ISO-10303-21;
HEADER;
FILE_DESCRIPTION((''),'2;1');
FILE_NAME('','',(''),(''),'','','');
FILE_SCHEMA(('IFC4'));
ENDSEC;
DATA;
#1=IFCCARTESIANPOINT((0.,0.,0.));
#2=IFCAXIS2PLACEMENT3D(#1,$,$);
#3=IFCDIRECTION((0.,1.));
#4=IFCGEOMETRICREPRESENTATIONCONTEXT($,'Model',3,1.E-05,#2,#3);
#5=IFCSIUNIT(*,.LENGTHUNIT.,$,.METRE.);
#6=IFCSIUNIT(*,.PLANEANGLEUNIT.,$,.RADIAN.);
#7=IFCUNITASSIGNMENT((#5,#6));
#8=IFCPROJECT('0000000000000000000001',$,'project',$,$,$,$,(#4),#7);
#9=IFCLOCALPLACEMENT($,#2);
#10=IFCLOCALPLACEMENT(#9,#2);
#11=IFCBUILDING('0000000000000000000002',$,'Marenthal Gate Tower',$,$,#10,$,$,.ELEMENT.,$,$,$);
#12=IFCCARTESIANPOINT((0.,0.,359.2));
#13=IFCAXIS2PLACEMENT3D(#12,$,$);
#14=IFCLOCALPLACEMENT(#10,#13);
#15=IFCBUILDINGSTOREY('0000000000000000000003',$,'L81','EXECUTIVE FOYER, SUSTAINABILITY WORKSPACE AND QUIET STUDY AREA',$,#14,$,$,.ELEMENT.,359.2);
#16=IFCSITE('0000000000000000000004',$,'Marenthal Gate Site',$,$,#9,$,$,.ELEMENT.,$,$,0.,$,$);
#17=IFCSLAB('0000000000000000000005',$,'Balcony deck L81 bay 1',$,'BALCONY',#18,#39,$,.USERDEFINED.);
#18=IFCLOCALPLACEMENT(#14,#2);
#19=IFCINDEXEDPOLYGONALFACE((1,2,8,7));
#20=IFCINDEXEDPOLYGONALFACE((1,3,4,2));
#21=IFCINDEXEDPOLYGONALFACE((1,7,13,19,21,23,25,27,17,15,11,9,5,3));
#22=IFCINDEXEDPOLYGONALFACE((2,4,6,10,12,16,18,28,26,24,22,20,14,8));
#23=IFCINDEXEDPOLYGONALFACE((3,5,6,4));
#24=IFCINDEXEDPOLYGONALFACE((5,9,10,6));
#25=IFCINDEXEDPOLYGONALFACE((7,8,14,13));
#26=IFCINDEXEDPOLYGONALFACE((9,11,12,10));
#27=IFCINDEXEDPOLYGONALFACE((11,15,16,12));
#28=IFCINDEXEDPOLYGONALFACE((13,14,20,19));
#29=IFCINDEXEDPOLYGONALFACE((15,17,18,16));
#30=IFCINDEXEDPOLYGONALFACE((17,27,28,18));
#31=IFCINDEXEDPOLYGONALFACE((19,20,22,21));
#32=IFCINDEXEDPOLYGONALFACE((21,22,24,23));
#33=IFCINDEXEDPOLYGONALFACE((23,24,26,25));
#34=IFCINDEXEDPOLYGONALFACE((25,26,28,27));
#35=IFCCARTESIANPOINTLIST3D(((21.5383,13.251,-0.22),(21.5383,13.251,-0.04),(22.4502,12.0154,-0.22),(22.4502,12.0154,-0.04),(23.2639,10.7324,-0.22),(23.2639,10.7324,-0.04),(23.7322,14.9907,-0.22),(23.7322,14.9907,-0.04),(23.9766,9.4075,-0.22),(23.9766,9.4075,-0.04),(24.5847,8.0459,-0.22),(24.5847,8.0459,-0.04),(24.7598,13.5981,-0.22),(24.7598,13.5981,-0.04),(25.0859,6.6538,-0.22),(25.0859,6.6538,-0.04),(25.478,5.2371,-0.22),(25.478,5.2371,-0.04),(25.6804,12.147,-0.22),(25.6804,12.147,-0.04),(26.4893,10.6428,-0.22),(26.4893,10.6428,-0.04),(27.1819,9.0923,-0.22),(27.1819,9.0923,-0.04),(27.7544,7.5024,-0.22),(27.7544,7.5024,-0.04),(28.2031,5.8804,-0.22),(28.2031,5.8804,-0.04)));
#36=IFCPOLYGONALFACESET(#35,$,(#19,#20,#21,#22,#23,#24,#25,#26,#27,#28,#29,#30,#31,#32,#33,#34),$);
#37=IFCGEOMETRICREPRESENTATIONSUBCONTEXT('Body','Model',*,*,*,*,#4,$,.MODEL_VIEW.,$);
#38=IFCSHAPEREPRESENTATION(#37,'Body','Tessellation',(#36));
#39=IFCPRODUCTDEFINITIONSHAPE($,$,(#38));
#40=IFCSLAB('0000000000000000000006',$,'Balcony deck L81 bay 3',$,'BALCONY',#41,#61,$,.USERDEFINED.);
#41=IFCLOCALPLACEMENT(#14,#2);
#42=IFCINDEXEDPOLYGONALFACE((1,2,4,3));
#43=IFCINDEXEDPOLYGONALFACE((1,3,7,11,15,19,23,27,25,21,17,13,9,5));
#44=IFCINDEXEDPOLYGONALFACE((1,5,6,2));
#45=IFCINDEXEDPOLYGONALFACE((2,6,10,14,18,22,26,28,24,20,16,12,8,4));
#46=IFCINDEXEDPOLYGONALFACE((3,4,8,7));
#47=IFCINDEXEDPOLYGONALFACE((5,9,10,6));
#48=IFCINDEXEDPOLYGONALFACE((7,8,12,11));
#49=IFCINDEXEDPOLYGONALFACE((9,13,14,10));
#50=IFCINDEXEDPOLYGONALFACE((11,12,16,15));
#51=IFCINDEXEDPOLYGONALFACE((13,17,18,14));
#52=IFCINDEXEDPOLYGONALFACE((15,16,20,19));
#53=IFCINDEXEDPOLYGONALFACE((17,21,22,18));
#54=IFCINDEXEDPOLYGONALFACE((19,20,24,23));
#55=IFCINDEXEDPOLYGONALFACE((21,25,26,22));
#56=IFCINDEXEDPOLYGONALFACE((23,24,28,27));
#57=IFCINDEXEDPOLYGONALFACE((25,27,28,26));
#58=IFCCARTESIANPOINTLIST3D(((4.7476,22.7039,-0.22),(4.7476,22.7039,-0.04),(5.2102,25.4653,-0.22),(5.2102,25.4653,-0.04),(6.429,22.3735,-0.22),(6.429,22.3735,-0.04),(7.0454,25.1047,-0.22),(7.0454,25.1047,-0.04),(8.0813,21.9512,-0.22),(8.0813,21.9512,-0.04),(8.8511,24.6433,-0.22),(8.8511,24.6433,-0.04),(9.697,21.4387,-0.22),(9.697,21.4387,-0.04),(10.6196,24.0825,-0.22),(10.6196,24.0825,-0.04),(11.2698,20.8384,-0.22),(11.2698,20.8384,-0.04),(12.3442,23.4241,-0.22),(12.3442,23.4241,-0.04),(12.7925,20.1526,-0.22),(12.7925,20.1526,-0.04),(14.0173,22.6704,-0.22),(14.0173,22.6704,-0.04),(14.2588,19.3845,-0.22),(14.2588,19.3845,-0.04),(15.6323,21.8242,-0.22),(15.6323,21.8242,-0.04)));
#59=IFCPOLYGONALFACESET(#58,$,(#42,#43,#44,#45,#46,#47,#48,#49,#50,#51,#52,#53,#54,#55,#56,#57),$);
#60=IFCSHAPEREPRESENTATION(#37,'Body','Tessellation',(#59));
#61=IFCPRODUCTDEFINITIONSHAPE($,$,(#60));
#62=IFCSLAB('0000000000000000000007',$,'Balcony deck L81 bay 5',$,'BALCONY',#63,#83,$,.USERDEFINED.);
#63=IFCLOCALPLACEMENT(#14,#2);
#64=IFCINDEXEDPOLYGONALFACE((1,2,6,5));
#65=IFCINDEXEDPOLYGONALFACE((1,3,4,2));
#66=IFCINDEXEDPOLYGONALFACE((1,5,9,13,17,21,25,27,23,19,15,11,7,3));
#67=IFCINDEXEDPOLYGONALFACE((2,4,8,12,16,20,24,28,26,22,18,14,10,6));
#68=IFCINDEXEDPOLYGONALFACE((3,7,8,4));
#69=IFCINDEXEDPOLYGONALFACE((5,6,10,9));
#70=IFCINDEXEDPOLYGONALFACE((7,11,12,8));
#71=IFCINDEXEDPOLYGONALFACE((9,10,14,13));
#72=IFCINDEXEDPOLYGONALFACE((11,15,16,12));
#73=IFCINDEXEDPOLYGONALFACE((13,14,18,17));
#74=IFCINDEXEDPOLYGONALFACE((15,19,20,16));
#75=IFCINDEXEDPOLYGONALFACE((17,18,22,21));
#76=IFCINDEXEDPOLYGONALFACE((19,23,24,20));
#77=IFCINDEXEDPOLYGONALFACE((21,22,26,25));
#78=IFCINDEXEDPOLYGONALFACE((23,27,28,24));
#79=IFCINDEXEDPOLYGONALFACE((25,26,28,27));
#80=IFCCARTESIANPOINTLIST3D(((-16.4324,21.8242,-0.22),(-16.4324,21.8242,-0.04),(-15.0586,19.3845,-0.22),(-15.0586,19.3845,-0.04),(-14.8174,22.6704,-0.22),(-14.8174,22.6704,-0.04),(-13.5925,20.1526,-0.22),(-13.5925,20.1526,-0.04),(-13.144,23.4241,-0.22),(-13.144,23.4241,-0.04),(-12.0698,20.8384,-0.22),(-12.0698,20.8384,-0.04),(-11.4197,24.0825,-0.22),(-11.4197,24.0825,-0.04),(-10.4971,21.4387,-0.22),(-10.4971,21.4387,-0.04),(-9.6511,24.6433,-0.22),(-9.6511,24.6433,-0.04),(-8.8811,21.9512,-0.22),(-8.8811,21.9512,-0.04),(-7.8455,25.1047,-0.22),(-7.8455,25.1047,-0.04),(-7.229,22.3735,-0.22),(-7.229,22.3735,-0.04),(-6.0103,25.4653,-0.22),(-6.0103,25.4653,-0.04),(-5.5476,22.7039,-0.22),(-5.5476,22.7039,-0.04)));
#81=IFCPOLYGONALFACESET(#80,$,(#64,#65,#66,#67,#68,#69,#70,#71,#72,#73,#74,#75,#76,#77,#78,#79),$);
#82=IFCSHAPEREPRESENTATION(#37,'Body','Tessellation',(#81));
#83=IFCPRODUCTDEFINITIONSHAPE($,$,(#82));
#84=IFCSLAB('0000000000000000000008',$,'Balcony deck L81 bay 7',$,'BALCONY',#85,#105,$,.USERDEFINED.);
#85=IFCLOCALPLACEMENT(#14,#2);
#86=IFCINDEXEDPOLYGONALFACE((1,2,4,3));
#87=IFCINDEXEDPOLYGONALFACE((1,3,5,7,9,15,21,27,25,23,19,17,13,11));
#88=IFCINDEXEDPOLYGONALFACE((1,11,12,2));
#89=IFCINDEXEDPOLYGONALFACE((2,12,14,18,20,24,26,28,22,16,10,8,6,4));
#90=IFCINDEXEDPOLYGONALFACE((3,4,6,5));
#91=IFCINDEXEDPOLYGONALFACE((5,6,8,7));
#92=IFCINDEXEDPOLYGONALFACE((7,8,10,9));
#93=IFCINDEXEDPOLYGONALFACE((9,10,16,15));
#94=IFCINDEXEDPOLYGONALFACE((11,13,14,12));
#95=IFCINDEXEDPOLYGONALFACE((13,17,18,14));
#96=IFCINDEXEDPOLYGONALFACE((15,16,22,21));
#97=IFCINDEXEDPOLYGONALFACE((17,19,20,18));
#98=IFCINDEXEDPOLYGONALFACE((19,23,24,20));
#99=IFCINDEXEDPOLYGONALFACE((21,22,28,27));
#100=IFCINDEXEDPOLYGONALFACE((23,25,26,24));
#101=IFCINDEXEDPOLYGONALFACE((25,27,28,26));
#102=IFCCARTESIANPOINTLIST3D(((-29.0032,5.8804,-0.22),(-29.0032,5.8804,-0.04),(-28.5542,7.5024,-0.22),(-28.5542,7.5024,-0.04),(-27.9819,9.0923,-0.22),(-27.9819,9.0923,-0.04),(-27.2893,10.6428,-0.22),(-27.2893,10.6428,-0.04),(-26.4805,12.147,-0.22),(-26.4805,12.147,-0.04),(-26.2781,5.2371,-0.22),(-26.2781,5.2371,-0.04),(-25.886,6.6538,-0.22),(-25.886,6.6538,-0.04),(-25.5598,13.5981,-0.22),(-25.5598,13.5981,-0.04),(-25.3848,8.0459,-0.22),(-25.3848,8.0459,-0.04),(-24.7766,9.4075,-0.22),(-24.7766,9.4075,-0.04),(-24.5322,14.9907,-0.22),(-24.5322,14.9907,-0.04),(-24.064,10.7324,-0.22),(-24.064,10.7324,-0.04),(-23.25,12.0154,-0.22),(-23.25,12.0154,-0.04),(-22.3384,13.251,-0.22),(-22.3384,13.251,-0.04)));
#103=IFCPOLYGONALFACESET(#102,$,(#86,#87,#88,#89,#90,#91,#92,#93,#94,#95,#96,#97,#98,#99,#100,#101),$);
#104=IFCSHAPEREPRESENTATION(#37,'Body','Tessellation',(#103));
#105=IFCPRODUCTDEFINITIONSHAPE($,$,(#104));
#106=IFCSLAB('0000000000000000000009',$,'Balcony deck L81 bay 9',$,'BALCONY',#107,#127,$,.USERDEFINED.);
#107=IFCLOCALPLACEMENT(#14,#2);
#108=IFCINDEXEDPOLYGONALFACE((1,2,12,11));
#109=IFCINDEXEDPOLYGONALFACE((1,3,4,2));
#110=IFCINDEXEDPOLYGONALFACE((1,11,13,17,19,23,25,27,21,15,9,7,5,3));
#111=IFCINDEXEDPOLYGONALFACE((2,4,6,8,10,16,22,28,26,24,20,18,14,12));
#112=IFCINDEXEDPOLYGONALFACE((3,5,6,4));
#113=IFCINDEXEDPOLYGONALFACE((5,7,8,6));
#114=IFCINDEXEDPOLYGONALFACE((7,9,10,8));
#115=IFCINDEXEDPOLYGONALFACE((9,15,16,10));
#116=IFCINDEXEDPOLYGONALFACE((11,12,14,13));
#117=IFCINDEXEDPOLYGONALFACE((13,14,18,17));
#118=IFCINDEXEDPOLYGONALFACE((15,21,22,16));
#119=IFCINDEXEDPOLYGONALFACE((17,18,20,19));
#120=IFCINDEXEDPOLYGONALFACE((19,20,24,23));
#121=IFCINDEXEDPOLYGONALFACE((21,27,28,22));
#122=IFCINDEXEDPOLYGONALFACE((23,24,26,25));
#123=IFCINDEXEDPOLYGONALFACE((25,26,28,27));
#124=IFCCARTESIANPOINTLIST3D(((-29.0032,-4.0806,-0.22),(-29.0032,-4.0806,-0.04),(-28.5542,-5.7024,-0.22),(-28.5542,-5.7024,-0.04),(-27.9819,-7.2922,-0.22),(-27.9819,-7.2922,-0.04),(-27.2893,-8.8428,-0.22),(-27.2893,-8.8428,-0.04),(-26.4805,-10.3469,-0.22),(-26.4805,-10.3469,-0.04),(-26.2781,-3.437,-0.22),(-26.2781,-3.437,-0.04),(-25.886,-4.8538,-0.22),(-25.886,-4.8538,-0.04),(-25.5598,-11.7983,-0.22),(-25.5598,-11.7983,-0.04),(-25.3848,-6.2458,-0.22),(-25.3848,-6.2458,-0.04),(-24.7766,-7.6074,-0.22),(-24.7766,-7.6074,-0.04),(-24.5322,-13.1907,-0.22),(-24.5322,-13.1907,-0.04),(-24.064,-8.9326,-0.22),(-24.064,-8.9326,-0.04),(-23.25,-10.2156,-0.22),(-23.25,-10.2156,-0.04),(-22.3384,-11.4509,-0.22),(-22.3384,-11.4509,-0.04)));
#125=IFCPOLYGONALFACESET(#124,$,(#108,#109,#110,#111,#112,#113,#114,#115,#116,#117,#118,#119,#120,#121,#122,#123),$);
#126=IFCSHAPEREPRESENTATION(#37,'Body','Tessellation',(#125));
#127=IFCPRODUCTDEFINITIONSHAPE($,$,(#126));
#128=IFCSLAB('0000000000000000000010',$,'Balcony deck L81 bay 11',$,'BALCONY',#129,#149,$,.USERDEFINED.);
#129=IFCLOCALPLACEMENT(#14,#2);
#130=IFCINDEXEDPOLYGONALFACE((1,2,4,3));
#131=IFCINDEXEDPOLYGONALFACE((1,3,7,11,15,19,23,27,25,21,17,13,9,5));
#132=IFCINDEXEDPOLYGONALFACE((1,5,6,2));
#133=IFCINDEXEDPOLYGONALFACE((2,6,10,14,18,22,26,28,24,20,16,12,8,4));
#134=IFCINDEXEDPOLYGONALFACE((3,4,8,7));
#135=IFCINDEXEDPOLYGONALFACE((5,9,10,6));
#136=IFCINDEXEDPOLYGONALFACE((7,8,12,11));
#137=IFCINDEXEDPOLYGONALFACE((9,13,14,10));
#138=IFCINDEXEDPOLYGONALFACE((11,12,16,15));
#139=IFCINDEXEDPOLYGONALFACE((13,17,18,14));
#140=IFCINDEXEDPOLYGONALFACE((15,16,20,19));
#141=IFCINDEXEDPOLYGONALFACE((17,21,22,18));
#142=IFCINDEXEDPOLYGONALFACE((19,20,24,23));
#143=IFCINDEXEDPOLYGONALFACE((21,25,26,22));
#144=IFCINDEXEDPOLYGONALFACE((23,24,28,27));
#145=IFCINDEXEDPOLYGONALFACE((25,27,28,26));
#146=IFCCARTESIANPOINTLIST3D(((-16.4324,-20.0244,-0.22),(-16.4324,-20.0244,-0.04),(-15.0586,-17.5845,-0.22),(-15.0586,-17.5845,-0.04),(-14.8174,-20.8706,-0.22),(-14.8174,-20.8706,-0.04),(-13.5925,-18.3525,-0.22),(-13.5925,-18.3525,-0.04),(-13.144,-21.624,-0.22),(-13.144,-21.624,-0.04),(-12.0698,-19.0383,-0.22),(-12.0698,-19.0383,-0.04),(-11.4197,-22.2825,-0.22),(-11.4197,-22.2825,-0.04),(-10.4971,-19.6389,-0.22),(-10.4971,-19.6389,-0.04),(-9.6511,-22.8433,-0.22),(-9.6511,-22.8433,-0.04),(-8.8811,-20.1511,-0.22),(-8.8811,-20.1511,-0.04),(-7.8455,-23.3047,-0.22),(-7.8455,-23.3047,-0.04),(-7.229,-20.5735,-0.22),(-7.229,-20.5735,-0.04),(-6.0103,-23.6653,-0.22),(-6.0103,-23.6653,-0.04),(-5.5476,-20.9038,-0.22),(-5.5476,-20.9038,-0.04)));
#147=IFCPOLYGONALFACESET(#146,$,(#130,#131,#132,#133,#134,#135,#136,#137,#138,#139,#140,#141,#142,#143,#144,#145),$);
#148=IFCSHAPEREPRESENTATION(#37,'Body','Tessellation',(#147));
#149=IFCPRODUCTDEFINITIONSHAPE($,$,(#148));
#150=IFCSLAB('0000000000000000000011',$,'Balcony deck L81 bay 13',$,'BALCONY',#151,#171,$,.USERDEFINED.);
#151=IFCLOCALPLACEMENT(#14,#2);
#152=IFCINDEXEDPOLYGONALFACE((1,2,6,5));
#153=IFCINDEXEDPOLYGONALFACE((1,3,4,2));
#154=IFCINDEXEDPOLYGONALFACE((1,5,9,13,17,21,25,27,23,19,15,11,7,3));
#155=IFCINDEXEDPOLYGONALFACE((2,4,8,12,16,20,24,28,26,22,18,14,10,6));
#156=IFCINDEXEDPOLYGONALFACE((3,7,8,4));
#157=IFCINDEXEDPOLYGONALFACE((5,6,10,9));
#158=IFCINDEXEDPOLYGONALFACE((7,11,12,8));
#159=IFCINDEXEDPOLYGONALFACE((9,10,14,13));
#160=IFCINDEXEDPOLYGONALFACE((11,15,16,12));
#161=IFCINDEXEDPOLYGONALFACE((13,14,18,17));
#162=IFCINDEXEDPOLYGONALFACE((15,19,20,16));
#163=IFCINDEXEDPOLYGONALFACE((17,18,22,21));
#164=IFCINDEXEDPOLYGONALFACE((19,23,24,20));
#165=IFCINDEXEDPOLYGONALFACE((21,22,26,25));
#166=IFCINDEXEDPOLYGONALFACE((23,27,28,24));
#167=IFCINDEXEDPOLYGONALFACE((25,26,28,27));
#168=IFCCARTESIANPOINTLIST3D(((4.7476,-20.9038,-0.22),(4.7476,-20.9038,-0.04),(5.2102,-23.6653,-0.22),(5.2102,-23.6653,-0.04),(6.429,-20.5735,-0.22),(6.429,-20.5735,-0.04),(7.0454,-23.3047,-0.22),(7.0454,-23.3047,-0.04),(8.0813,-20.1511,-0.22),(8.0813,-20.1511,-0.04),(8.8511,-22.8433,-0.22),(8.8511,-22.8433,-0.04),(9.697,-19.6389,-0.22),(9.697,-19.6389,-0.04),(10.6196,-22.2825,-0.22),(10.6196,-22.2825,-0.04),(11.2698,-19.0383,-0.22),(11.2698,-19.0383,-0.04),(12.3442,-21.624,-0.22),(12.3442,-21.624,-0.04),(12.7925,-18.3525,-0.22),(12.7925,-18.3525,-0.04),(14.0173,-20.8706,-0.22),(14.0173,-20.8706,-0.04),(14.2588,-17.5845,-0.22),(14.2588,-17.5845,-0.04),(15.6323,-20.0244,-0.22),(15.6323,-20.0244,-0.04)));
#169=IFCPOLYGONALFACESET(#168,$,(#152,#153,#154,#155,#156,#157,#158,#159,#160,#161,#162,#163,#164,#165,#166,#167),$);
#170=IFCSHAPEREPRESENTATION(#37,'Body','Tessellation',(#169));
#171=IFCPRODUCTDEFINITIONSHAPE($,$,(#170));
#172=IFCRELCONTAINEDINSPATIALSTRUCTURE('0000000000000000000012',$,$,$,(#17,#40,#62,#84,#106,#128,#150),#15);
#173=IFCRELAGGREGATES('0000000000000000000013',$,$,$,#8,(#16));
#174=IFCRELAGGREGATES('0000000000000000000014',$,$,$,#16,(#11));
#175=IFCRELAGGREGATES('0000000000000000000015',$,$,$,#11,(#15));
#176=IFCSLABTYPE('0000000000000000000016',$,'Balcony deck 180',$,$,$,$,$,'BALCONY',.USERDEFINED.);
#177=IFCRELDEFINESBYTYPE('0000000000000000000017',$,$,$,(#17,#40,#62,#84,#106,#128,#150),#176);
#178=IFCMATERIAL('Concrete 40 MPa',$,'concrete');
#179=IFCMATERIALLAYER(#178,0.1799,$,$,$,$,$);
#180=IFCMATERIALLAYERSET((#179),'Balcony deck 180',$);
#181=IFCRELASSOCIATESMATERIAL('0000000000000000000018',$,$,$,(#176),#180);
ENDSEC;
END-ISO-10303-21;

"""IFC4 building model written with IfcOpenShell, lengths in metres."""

from ifc_helpers import new_model, si_unit, direction, frame, origin, place, context, subcontext, project, spatial, polyline, outline, extrude, material, layer, layer_set, type_object, element, save


model = new_model("IFC4")

# Units and contexts
model_context = context("Model", 3, precision=1e-05, world=origin(), true_north=direction((0.0, 1.0)))
body_context = subcontext(model_context, "Body", "Model", "MODEL_VIEW")
ifc_project = project(units=[si_unit("LENGTHUNIT", "METRE"), si_unit("PLANEANGLEUNIT", "RADIAN")], contexts=[model_context])

# Site, building, storey
site_placement = place(None, origin())
site = spatial("IfcSite", under=ifc_project, at=site_placement, Name="Marenthal Gate Site", CompositionType="ELEMENT", RefElevation=0.0)
building_placement = place(site_placement, origin())
building = spatial("IfcBuilding", under=site, at=building_placement, Name="Marenthal Gate Tower", CompositionType="ELEMENT")
storey_placement = place(building_placement, frame((0.0, 0.0, 359.2)))
storey = spatial("IfcBuildingStorey", under=building, at=storey_placement, Name="L81", Description="EXECUTIVE FOYER, SUSTAINABILITY WORKSPACE AND QUIET STUDY AREA", CompositionType="ELEMENT", Elevation=359.2)

# Slabs
ifc_material_1 = material(Name="Concrete 40 MPa", Category="concrete")
ifc_layer_1 = layer(ifc_material_1, 0.1799)
ifc_layer_set_1 = layer_set([ifc_layer_1], Name="Balcony deck 180")
slab_type_1 = type_object("IfcSlabType", Name="Balcony deck 180", ElementType="BALCONY", PredefinedType="USERDEFINED", material=ifc_layer_set_1)
slab_1_placement = place(storey_placement, frame((0.0, 0.0, -0.22)))
element("IfcSlab", 1, at=slab_1_placement, inside=storey, type_object=slab_type_1, Name="Balcony deck L81 bay 1", ObjectType="BALCONY", PredefinedType="USERDEFINED", context=body_context, shape_type="SweptSolid", body=[
    extrude(outline(polyline([(25.478, 5.2371), (25.0859, 6.6538), (24.5847, 8.0459), (23.9766, 9.4075), (23.2639, 10.7324), (22.4502, 12.0154), (21.5383, 13.251), (23.7322, 14.9907), (24.7598, 13.5981), (25.6804, 12.147), (26.4893, 10.6428), (27.1819, 9.0923), (27.7544, 7.5024), (28.2031, 5.8804), (25.478, 5.2371)])), origin(), (0.0, 0.0, 1.0), 0.1799),
])
slab_2_placement = place(storey_placement, frame((0.0, 0.0, -0.22)))
element("IfcSlab", 2, at=slab_2_placement, inside=storey, type_object=slab_type_1, Name="Balcony deck L81 bay 3", ObjectType="BALCONY", PredefinedType="USERDEFINED", context=body_context, shape_type="SweptSolid", body=[
    extrude(outline(polyline([(14.2588, 19.3845), (12.7925, 20.1526), (11.2698, 20.8384), (9.697, 21.4387), (8.0813, 21.9512), (6.429, 22.3735), (4.7476, 22.7039), (5.2102, 25.4653), (7.0454, 25.1047), (8.8511, 24.6433), (10.6196, 24.0825), (12.3442, 23.4241), (14.0173, 22.6704), (15.6323, 21.8242), (14.2588, 19.3845)])), origin(), (0.0, 0.0, 1.0), 0.1799),
])
slab_3_placement = place(storey_placement, frame((0.0, 0.0, -0.22)))
element("IfcSlab", 3, at=slab_3_placement, inside=storey, type_object=slab_type_1, Name="Balcony deck L81 bay 5", ObjectType="BALCONY", PredefinedType="USERDEFINED", context=body_context, shape_type="SweptSolid", body=[
    extrude(outline(polyline([(-5.5476, 22.7039), (-7.229, 22.3735), (-8.8811, 21.9512), (-10.4971, 21.4387), (-12.0698, 20.8384), (-13.5925, 20.1526), (-15.0586, 19.3845), (-16.4324, 21.8242), (-14.8174, 22.6704), (-13.144, 23.4241), (-11.4197, 24.0825), (-9.6511, 24.6433), (-7.8455, 25.1047), (-6.0103, 25.4653), (-5.5476, 22.7039)])), origin(), (0.0, 0.0, 1.0), 0.1799),
])
slab_4_placement = place(storey_placement, frame((0.0, 0.0, -0.22)))
element("IfcSlab", 4, at=slab_4_placement, inside=storey, type_object=slab_type_1, Name="Balcony deck L81 bay 7", ObjectType="BALCONY", PredefinedType="USERDEFINED", context=body_context, shape_type="SweptSolid", body=[
    extrude(outline(polyline([(-22.3384, 13.251), (-23.25, 12.0154), (-24.064, 10.7324), (-24.7766, 9.4075), (-25.3848, 8.0459), (-25.886, 6.6538), (-26.2781, 5.2371), (-29.0032, 5.8804), (-28.5542, 7.5024), (-27.9819, 9.0923), (-27.2893, 10.6428), (-26.4805, 12.147), (-25.5598, 13.5981), (-24.5322, 14.9907), (-22.3384, 13.251)])), origin(), (0.0, 0.0, 1.0), 0.1799),
])
slab_5_placement = place(storey_placement, frame((0.0, 0.0, -0.22)))
element("IfcSlab", 5, at=slab_5_placement, inside=storey, type_object=slab_type_1, Name="Balcony deck L81 bay 9", ObjectType="BALCONY", PredefinedType="USERDEFINED", context=body_context, shape_type="SweptSolid", body=[
    extrude(outline(polyline([(-26.2781, -3.437), (-25.886, -4.8538), (-25.3848, -6.2458), (-24.7766, -7.6074), (-24.064, -8.9326), (-23.25, -10.2156), (-22.3384, -11.4509), (-24.5322, -13.1907), (-25.5598, -11.7983), (-26.4805, -10.3469), (-27.2893, -8.8428), (-27.9819, -7.2922), (-28.5542, -5.7024), (-29.0032, -4.0806), (-26.2781, -3.437)])), origin(), (0.0, 0.0, 1.0), 0.1799),
])
slab_6_placement = place(storey_placement, frame((0.0, 0.0, -0.22)))
element("IfcSlab", 6, at=slab_6_placement, inside=storey, type_object=slab_type_1, Name="Balcony deck L81 bay 11", ObjectType="BALCONY", PredefinedType="USERDEFINED", context=body_context, shape_type="SweptSolid", body=[
    extrude(outline(polyline([(-15.0586, -17.5845), (-13.5925, -18.3525), (-12.0698, -19.0383), (-10.4971, -19.6389), (-8.8811, -20.1511), (-7.229, -20.5735), (-5.5476, -20.9038), (-6.0103, -23.6653), (-7.8455, -23.3047), (-9.6511, -22.8433), (-11.4197, -22.2825), (-13.144, -21.624), (-14.8174, -20.8706), (-16.4324, -20.0244), (-15.0586, -17.5845)])), origin(), (0.0, 0.0, 1.0), 0.1799),
])
slab_7_placement = place(storey_placement, frame((0.0, 0.0, -0.22)))
element("IfcSlab", 7, at=slab_7_placement, inside=storey, type_object=slab_type_1, Name="Balcony deck L81 bay 13", ObjectType="BALCONY", PredefinedType="USERDEFINED", context=body_context, shape_type="SweptSolid", body=[
    extrude(outline(polyline([(4.7476, -20.9038), (6.429, -20.5735), (8.0813, -20.1511), (9.697, -19.6389), (11.2698, -19.0383), (12.7925, -18.3525), (14.2588, -17.5845), (15.6323, -20.0244), (14.0173, -20.8706), (12.3442, -21.624), (10.6196, -22.2825), (8.8511, -22.8433), (7.0454, -23.3047), (5.2102, -23.6653), (4.7476, -20.9038)])), origin(), (0.0, 0.0, 1.0), 0.1799),
])

save(model, "model.ifc")
